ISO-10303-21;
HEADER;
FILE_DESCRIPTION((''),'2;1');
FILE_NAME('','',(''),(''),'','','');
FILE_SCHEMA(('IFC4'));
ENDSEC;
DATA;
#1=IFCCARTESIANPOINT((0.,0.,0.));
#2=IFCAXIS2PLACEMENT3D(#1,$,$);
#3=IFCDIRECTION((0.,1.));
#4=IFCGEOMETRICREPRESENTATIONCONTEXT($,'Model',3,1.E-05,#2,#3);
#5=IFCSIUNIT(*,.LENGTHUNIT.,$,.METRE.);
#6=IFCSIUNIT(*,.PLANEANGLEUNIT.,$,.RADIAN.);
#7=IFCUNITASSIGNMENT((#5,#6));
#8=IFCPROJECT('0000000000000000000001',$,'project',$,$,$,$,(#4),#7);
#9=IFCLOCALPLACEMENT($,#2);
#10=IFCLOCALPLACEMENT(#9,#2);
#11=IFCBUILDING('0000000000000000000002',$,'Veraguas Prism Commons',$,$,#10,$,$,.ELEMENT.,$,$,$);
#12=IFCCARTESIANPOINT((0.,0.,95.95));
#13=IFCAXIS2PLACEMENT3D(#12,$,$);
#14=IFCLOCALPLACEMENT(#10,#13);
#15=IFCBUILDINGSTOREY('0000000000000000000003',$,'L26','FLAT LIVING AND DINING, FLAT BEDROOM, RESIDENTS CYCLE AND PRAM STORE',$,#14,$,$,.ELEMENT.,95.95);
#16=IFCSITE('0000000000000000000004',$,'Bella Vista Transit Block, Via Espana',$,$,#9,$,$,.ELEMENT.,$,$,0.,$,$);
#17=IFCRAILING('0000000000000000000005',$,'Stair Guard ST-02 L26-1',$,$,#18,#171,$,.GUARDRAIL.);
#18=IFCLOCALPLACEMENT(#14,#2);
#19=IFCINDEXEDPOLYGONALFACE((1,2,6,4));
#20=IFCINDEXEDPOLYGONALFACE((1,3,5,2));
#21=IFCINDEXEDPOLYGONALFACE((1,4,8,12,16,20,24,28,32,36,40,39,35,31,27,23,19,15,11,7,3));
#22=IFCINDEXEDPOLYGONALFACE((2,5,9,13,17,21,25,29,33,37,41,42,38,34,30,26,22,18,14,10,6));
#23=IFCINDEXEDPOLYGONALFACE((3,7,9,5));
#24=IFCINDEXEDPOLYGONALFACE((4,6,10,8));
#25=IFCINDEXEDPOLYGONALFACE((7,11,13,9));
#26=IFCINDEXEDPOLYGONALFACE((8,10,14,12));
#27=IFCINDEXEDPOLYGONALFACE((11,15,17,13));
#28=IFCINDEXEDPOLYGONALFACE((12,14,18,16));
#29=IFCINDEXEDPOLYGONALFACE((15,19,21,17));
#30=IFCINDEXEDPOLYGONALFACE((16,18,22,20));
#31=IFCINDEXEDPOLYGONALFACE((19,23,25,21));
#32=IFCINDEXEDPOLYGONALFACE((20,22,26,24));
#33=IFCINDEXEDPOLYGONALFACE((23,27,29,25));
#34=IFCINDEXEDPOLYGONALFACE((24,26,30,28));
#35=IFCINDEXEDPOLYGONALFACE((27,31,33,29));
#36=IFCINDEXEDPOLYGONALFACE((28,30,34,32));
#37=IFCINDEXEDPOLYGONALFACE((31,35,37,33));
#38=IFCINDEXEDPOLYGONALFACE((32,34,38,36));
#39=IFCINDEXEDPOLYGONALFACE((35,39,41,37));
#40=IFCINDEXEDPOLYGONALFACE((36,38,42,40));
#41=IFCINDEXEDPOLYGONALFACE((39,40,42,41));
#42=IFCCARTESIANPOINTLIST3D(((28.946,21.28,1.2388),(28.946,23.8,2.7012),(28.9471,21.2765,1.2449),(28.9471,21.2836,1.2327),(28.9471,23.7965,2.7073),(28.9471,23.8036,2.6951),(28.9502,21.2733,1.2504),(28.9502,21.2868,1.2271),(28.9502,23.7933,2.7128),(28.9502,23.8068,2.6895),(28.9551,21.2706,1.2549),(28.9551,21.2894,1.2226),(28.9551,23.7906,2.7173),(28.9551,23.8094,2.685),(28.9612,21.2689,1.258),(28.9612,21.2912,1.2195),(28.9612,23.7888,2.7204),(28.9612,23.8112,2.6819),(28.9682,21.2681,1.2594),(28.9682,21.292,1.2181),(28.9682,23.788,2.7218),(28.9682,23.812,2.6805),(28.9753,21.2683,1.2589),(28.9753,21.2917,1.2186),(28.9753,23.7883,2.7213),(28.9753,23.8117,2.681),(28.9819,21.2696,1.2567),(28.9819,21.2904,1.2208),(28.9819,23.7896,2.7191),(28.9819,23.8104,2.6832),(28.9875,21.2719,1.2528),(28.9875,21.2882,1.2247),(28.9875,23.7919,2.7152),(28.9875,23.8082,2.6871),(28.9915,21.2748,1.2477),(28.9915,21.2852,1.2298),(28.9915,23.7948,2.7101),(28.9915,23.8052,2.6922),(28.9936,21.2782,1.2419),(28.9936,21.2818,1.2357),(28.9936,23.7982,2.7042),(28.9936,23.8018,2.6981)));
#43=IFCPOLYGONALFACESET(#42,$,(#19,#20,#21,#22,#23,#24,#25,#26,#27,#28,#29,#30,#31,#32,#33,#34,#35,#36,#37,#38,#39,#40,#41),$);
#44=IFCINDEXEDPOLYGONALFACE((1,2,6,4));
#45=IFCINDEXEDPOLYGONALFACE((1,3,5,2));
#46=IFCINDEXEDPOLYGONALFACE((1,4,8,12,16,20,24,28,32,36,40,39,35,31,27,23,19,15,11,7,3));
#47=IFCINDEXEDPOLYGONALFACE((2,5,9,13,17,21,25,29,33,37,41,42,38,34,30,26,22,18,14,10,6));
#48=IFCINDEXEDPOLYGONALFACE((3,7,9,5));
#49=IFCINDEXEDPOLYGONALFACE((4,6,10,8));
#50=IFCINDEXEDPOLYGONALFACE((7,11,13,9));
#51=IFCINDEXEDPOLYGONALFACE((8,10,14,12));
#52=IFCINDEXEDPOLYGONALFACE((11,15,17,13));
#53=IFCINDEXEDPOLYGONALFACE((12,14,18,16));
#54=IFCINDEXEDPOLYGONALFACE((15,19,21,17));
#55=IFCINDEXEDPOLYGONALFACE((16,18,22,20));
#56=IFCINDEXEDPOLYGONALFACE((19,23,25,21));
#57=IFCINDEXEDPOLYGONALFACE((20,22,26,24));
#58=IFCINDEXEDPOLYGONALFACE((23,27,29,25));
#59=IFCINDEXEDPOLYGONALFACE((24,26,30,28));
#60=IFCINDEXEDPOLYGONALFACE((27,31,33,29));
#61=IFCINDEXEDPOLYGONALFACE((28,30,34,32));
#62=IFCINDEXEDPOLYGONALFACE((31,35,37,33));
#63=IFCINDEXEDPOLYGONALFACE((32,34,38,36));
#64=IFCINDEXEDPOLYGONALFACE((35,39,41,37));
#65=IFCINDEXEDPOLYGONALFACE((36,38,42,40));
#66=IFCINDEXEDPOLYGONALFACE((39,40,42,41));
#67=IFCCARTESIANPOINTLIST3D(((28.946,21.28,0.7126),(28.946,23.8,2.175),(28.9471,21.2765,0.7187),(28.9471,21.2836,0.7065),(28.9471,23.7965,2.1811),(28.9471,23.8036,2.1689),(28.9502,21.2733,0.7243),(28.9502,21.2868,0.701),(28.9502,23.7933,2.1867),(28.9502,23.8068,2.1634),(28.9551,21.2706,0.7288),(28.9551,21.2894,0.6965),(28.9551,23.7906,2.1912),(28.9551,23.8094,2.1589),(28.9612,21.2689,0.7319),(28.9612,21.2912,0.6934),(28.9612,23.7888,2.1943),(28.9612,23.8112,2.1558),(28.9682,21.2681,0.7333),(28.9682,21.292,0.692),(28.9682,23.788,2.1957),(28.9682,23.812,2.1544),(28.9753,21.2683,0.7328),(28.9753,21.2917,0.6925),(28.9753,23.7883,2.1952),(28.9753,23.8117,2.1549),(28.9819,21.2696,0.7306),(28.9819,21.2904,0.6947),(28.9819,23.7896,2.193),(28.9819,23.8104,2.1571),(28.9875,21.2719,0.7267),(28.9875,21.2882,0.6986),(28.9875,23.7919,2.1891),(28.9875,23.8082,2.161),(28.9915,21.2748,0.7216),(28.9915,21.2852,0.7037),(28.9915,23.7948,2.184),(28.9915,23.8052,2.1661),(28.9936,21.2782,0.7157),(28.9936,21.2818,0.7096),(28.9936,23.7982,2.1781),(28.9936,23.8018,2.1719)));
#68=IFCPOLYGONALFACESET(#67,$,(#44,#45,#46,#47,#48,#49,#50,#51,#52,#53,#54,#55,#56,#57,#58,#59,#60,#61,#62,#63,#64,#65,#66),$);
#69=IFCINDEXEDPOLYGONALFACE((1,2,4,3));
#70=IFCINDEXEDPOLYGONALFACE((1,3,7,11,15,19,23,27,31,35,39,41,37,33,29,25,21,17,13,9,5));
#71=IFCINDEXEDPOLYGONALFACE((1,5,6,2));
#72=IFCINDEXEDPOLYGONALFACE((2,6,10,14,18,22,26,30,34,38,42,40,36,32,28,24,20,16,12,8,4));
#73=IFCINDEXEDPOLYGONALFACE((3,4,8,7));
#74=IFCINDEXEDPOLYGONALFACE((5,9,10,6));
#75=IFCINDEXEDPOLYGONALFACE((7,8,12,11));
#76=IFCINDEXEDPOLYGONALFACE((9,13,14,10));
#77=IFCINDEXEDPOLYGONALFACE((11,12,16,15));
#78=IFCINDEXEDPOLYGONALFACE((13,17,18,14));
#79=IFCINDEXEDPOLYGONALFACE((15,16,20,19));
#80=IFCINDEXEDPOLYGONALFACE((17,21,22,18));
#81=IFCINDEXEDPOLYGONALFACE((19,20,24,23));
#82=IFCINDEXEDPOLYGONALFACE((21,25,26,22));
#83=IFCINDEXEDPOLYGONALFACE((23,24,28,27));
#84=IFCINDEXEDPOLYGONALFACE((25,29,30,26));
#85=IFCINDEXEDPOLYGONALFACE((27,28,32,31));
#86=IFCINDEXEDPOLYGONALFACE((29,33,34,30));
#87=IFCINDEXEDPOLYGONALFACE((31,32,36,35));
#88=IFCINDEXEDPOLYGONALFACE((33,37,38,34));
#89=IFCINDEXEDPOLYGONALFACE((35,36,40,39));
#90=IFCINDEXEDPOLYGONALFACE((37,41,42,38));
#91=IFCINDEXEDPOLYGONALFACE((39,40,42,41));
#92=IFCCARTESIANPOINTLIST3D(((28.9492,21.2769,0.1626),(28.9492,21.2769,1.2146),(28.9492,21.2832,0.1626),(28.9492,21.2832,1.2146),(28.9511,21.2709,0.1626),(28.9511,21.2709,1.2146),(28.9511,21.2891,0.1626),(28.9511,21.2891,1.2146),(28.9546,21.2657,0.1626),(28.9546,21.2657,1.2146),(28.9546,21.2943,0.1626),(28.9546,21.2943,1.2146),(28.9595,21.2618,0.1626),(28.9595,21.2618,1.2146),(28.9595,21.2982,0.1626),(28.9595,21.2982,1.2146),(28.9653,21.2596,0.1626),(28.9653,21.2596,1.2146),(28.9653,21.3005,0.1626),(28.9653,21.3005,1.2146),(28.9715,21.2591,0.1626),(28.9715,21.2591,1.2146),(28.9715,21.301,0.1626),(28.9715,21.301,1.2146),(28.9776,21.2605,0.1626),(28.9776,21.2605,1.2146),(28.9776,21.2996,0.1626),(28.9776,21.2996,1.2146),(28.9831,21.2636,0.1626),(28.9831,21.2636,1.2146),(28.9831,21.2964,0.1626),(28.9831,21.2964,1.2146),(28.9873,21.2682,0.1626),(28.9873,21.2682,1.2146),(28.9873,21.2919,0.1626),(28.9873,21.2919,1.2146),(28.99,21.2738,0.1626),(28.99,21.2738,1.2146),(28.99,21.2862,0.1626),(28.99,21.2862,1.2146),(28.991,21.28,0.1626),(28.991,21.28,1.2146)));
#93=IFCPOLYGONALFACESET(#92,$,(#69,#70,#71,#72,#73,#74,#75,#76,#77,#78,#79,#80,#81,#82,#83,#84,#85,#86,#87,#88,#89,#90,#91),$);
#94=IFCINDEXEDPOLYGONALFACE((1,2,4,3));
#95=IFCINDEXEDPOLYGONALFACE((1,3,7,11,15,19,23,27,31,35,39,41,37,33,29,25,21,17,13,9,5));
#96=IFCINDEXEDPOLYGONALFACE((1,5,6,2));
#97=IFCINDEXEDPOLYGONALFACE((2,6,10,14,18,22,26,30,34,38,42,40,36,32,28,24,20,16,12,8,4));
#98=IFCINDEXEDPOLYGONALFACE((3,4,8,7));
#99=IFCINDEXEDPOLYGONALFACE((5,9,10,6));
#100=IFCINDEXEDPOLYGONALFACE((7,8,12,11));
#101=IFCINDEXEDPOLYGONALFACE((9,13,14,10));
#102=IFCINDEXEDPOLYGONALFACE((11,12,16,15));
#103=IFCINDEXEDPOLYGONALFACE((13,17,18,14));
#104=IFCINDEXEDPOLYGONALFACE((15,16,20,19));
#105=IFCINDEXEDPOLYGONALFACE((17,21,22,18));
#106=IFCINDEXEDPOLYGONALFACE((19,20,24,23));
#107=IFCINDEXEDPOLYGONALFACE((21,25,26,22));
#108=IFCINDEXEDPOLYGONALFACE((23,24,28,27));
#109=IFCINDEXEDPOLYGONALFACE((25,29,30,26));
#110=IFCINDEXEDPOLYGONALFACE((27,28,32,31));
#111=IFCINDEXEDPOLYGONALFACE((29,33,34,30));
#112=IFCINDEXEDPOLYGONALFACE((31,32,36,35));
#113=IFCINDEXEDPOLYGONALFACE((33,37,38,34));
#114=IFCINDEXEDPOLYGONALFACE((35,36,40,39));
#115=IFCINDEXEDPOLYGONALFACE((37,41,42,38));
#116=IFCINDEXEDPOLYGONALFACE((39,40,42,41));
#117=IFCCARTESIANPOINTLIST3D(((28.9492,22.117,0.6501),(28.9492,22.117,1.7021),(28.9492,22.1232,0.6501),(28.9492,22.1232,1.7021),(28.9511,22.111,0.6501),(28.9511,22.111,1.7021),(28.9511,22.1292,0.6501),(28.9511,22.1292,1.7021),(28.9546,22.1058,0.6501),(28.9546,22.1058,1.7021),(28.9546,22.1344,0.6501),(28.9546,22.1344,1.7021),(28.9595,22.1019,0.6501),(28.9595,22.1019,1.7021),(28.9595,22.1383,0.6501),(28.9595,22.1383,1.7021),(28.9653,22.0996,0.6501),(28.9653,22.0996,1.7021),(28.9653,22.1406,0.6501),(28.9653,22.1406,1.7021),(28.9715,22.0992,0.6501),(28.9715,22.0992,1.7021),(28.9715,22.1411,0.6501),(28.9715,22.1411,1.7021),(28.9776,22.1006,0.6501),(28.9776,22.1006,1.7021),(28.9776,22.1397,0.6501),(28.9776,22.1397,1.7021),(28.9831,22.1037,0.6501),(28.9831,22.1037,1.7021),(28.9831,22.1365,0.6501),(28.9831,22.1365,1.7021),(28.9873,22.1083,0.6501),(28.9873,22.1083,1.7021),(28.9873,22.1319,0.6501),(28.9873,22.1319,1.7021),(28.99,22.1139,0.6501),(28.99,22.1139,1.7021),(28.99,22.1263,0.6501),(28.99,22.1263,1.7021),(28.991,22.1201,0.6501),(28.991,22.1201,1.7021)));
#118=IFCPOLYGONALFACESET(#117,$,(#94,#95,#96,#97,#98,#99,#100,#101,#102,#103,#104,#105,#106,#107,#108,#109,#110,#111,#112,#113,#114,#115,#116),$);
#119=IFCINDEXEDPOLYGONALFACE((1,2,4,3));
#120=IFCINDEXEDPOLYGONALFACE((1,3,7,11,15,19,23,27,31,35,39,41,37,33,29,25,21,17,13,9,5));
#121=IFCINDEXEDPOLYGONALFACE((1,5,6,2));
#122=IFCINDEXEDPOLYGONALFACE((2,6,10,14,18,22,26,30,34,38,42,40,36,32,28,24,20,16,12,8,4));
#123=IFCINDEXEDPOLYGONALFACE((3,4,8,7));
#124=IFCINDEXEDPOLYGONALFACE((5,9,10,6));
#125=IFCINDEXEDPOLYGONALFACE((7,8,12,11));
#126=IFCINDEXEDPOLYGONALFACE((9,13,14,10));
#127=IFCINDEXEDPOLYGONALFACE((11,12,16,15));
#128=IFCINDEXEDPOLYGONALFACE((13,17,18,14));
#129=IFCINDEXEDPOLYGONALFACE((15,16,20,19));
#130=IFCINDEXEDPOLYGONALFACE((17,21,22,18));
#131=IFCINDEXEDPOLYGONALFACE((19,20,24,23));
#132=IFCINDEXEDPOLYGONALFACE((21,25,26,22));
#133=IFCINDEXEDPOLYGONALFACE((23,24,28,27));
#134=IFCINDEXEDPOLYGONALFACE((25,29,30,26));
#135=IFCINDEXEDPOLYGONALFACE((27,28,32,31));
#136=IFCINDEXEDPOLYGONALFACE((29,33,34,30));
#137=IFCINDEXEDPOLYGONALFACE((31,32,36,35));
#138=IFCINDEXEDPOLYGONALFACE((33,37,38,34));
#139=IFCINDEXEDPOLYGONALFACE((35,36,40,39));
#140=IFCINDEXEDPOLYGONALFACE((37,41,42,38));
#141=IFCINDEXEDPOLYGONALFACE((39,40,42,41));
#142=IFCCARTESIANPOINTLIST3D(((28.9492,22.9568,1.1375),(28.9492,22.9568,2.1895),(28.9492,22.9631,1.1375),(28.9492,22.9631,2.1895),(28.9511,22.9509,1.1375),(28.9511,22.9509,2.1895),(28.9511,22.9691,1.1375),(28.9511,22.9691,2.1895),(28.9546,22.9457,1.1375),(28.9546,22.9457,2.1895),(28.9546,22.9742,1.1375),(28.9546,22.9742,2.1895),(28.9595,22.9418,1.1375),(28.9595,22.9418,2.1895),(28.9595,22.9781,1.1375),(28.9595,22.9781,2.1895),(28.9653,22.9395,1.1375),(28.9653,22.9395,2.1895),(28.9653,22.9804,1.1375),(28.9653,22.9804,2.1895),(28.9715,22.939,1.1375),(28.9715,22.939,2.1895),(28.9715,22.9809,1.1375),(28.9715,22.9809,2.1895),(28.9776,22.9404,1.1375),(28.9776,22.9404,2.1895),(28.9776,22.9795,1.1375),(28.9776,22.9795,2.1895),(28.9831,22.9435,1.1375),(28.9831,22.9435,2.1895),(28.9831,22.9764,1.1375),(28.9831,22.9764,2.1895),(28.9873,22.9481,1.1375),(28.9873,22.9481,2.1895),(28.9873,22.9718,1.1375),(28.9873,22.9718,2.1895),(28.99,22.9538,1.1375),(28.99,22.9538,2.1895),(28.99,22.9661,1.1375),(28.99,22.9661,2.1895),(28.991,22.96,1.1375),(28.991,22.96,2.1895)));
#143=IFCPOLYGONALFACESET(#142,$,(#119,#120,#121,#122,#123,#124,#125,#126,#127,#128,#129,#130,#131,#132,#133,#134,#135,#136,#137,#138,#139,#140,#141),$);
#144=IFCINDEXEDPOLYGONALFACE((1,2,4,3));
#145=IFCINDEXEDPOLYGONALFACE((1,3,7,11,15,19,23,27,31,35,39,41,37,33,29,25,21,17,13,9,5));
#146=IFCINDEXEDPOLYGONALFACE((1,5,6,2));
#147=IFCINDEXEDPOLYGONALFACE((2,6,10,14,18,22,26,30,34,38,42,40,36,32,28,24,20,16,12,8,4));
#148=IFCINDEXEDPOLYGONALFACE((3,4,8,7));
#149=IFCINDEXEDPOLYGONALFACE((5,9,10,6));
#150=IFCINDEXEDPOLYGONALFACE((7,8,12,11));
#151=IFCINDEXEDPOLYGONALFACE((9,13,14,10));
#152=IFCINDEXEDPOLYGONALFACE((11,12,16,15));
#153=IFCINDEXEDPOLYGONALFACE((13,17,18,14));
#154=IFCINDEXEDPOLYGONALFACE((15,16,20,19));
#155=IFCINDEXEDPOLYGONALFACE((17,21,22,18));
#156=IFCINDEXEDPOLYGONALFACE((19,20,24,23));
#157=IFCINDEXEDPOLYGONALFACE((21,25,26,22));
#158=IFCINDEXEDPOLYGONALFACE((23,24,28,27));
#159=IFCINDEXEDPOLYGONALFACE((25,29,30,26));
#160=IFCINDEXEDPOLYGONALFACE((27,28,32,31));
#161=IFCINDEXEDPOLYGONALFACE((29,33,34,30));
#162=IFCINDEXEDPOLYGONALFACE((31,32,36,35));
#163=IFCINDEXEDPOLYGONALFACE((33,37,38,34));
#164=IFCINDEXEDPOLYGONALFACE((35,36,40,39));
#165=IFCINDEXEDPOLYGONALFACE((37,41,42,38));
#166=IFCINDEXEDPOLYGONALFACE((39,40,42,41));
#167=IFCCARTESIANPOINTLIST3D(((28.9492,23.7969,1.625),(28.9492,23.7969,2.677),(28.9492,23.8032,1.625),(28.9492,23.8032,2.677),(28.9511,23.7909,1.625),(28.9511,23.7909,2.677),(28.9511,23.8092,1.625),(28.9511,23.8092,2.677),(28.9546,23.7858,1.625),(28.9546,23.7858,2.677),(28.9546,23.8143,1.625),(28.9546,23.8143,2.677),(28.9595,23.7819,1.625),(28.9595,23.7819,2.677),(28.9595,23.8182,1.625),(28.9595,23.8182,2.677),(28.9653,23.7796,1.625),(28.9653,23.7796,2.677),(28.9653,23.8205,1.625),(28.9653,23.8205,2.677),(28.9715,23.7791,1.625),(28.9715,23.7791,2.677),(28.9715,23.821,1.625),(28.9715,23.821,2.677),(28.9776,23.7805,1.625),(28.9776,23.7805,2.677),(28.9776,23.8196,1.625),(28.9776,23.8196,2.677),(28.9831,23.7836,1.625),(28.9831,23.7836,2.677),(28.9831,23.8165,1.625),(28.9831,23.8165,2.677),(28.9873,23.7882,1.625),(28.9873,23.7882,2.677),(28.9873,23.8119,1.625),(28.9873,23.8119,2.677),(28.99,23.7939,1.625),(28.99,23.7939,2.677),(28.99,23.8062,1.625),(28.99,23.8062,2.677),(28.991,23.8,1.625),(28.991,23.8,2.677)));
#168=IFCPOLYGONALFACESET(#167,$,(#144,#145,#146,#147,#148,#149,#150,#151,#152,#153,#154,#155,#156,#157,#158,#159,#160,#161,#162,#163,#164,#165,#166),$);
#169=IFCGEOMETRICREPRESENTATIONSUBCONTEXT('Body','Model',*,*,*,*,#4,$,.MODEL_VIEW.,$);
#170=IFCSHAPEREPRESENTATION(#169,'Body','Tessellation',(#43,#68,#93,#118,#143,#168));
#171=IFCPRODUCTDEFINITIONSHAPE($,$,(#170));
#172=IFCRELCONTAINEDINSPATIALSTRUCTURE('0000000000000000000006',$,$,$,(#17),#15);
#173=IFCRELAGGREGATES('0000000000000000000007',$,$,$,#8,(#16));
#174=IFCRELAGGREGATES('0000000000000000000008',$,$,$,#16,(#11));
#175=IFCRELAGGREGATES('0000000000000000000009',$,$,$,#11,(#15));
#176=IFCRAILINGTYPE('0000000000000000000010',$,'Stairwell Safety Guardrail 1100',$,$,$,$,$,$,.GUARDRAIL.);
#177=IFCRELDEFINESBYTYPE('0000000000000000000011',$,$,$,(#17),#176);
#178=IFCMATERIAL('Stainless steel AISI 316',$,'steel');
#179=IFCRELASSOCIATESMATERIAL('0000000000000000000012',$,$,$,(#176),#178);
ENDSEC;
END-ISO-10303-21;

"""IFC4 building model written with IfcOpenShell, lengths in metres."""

from ifc_helpers import new_model, si_unit, direction, frame, origin, origin_2d, place, context, subcontext, project, spatial, circle, extrude, material, type_object, element, save


model = new_model("IFC4")

# Units and contexts
model_context = context("Model", 3, precision=1e-05, world=origin(), true_north=direction((0.0, 1.0)))
body_context = subcontext(model_context, "Body", "Model", "MODEL_VIEW")
ifc_project = project(units=[si_unit("LENGTHUNIT", "METRE"), si_unit("PLANEANGLEUNIT", "RADIAN")], contexts=[model_context])

# Site, building, storey
site_placement = place(None, origin())
site = spatial("IfcSite", under=ifc_project, at=site_placement, Name="Bella Vista Transit Block, Via Espana", CompositionType="ELEMENT", RefElevation=0.0)
building_placement = place(site_placement, origin())
building = spatial("IfcBuilding", under=site, at=building_placement, Name="Veraguas Prism Commons", CompositionType="ELEMENT")
storey_placement = place(building_placement, frame((0.0, 0.0, 95.95)))
storey = spatial("IfcBuildingStorey", under=building, at=storey_placement, Name="L26", Description="FLAT LIVING AND DINING, FLAT BEDROOM, RESIDENTS CYCLE AND PRAM STORE", CompositionType="ELEMENT", Elevation=95.95)

# Shared definitions
ifc_material_1 = material(Name="Stainless steel AISI 316", Category="steel")

# Railing
railing_type_1 = type_object("IfcRailingType", Name="Stairwell Safety Guardrail 1100", PredefinedType="GUARDRAIL", material=ifc_material_1)
railing_1_placement = place(storey_placement, frame((28.97, 21.28, 0.1626)))
element("IfcRailing", 1, at=railing_1_placement, inside=storey, type_object=railing_type_1, Name="Stair Guard ST-02 L26-1", PredefinedType="GUARDRAIL", context=body_context, shape_type="SweptSolid", body=[
    extrude(circle(Radius=0.0239, at=origin_2d()), frame((0.0, 0.0, 1.0762), z_axis=(0.0, 0.864913, 0.501921), x_axis=(-1.0, 0.0, 0.0)), (0.0, 0.0, 1.0), 2.9136),
    extrude(circle(Radius=0.0239, at=origin_2d()), frame((0.0, 0.0, 0.55), z_axis=(0.0, 0.864913, 0.501921), x_axis=(-1.0, 0.0, 0.0)), (0.0, 0.0, 1.0), 2.9136),
    extrude(circle(Radius=0.021, at=origin_2d()), origin(), (0.0, 0.0, 1.0), 1.052),
    extrude(circle(Radius=0.021, at=origin_2d()), frame((0.0, 0.8401, 0.4875)), (0.0, 0.0, 1.0), 1.052),
    extrude(circle(Radius=0.021, at=origin_2d()), frame((0.0, 1.6799, 0.9749)), (0.0, 0.0, 1.0), 1.052),
    extrude(circle(Radius=0.021, at=origin_2d()), frame((0.0, 2.52, 1.4624)), (0.0, 0.0, 1.0), 1.052),
])

save(model, "model.ifc")
